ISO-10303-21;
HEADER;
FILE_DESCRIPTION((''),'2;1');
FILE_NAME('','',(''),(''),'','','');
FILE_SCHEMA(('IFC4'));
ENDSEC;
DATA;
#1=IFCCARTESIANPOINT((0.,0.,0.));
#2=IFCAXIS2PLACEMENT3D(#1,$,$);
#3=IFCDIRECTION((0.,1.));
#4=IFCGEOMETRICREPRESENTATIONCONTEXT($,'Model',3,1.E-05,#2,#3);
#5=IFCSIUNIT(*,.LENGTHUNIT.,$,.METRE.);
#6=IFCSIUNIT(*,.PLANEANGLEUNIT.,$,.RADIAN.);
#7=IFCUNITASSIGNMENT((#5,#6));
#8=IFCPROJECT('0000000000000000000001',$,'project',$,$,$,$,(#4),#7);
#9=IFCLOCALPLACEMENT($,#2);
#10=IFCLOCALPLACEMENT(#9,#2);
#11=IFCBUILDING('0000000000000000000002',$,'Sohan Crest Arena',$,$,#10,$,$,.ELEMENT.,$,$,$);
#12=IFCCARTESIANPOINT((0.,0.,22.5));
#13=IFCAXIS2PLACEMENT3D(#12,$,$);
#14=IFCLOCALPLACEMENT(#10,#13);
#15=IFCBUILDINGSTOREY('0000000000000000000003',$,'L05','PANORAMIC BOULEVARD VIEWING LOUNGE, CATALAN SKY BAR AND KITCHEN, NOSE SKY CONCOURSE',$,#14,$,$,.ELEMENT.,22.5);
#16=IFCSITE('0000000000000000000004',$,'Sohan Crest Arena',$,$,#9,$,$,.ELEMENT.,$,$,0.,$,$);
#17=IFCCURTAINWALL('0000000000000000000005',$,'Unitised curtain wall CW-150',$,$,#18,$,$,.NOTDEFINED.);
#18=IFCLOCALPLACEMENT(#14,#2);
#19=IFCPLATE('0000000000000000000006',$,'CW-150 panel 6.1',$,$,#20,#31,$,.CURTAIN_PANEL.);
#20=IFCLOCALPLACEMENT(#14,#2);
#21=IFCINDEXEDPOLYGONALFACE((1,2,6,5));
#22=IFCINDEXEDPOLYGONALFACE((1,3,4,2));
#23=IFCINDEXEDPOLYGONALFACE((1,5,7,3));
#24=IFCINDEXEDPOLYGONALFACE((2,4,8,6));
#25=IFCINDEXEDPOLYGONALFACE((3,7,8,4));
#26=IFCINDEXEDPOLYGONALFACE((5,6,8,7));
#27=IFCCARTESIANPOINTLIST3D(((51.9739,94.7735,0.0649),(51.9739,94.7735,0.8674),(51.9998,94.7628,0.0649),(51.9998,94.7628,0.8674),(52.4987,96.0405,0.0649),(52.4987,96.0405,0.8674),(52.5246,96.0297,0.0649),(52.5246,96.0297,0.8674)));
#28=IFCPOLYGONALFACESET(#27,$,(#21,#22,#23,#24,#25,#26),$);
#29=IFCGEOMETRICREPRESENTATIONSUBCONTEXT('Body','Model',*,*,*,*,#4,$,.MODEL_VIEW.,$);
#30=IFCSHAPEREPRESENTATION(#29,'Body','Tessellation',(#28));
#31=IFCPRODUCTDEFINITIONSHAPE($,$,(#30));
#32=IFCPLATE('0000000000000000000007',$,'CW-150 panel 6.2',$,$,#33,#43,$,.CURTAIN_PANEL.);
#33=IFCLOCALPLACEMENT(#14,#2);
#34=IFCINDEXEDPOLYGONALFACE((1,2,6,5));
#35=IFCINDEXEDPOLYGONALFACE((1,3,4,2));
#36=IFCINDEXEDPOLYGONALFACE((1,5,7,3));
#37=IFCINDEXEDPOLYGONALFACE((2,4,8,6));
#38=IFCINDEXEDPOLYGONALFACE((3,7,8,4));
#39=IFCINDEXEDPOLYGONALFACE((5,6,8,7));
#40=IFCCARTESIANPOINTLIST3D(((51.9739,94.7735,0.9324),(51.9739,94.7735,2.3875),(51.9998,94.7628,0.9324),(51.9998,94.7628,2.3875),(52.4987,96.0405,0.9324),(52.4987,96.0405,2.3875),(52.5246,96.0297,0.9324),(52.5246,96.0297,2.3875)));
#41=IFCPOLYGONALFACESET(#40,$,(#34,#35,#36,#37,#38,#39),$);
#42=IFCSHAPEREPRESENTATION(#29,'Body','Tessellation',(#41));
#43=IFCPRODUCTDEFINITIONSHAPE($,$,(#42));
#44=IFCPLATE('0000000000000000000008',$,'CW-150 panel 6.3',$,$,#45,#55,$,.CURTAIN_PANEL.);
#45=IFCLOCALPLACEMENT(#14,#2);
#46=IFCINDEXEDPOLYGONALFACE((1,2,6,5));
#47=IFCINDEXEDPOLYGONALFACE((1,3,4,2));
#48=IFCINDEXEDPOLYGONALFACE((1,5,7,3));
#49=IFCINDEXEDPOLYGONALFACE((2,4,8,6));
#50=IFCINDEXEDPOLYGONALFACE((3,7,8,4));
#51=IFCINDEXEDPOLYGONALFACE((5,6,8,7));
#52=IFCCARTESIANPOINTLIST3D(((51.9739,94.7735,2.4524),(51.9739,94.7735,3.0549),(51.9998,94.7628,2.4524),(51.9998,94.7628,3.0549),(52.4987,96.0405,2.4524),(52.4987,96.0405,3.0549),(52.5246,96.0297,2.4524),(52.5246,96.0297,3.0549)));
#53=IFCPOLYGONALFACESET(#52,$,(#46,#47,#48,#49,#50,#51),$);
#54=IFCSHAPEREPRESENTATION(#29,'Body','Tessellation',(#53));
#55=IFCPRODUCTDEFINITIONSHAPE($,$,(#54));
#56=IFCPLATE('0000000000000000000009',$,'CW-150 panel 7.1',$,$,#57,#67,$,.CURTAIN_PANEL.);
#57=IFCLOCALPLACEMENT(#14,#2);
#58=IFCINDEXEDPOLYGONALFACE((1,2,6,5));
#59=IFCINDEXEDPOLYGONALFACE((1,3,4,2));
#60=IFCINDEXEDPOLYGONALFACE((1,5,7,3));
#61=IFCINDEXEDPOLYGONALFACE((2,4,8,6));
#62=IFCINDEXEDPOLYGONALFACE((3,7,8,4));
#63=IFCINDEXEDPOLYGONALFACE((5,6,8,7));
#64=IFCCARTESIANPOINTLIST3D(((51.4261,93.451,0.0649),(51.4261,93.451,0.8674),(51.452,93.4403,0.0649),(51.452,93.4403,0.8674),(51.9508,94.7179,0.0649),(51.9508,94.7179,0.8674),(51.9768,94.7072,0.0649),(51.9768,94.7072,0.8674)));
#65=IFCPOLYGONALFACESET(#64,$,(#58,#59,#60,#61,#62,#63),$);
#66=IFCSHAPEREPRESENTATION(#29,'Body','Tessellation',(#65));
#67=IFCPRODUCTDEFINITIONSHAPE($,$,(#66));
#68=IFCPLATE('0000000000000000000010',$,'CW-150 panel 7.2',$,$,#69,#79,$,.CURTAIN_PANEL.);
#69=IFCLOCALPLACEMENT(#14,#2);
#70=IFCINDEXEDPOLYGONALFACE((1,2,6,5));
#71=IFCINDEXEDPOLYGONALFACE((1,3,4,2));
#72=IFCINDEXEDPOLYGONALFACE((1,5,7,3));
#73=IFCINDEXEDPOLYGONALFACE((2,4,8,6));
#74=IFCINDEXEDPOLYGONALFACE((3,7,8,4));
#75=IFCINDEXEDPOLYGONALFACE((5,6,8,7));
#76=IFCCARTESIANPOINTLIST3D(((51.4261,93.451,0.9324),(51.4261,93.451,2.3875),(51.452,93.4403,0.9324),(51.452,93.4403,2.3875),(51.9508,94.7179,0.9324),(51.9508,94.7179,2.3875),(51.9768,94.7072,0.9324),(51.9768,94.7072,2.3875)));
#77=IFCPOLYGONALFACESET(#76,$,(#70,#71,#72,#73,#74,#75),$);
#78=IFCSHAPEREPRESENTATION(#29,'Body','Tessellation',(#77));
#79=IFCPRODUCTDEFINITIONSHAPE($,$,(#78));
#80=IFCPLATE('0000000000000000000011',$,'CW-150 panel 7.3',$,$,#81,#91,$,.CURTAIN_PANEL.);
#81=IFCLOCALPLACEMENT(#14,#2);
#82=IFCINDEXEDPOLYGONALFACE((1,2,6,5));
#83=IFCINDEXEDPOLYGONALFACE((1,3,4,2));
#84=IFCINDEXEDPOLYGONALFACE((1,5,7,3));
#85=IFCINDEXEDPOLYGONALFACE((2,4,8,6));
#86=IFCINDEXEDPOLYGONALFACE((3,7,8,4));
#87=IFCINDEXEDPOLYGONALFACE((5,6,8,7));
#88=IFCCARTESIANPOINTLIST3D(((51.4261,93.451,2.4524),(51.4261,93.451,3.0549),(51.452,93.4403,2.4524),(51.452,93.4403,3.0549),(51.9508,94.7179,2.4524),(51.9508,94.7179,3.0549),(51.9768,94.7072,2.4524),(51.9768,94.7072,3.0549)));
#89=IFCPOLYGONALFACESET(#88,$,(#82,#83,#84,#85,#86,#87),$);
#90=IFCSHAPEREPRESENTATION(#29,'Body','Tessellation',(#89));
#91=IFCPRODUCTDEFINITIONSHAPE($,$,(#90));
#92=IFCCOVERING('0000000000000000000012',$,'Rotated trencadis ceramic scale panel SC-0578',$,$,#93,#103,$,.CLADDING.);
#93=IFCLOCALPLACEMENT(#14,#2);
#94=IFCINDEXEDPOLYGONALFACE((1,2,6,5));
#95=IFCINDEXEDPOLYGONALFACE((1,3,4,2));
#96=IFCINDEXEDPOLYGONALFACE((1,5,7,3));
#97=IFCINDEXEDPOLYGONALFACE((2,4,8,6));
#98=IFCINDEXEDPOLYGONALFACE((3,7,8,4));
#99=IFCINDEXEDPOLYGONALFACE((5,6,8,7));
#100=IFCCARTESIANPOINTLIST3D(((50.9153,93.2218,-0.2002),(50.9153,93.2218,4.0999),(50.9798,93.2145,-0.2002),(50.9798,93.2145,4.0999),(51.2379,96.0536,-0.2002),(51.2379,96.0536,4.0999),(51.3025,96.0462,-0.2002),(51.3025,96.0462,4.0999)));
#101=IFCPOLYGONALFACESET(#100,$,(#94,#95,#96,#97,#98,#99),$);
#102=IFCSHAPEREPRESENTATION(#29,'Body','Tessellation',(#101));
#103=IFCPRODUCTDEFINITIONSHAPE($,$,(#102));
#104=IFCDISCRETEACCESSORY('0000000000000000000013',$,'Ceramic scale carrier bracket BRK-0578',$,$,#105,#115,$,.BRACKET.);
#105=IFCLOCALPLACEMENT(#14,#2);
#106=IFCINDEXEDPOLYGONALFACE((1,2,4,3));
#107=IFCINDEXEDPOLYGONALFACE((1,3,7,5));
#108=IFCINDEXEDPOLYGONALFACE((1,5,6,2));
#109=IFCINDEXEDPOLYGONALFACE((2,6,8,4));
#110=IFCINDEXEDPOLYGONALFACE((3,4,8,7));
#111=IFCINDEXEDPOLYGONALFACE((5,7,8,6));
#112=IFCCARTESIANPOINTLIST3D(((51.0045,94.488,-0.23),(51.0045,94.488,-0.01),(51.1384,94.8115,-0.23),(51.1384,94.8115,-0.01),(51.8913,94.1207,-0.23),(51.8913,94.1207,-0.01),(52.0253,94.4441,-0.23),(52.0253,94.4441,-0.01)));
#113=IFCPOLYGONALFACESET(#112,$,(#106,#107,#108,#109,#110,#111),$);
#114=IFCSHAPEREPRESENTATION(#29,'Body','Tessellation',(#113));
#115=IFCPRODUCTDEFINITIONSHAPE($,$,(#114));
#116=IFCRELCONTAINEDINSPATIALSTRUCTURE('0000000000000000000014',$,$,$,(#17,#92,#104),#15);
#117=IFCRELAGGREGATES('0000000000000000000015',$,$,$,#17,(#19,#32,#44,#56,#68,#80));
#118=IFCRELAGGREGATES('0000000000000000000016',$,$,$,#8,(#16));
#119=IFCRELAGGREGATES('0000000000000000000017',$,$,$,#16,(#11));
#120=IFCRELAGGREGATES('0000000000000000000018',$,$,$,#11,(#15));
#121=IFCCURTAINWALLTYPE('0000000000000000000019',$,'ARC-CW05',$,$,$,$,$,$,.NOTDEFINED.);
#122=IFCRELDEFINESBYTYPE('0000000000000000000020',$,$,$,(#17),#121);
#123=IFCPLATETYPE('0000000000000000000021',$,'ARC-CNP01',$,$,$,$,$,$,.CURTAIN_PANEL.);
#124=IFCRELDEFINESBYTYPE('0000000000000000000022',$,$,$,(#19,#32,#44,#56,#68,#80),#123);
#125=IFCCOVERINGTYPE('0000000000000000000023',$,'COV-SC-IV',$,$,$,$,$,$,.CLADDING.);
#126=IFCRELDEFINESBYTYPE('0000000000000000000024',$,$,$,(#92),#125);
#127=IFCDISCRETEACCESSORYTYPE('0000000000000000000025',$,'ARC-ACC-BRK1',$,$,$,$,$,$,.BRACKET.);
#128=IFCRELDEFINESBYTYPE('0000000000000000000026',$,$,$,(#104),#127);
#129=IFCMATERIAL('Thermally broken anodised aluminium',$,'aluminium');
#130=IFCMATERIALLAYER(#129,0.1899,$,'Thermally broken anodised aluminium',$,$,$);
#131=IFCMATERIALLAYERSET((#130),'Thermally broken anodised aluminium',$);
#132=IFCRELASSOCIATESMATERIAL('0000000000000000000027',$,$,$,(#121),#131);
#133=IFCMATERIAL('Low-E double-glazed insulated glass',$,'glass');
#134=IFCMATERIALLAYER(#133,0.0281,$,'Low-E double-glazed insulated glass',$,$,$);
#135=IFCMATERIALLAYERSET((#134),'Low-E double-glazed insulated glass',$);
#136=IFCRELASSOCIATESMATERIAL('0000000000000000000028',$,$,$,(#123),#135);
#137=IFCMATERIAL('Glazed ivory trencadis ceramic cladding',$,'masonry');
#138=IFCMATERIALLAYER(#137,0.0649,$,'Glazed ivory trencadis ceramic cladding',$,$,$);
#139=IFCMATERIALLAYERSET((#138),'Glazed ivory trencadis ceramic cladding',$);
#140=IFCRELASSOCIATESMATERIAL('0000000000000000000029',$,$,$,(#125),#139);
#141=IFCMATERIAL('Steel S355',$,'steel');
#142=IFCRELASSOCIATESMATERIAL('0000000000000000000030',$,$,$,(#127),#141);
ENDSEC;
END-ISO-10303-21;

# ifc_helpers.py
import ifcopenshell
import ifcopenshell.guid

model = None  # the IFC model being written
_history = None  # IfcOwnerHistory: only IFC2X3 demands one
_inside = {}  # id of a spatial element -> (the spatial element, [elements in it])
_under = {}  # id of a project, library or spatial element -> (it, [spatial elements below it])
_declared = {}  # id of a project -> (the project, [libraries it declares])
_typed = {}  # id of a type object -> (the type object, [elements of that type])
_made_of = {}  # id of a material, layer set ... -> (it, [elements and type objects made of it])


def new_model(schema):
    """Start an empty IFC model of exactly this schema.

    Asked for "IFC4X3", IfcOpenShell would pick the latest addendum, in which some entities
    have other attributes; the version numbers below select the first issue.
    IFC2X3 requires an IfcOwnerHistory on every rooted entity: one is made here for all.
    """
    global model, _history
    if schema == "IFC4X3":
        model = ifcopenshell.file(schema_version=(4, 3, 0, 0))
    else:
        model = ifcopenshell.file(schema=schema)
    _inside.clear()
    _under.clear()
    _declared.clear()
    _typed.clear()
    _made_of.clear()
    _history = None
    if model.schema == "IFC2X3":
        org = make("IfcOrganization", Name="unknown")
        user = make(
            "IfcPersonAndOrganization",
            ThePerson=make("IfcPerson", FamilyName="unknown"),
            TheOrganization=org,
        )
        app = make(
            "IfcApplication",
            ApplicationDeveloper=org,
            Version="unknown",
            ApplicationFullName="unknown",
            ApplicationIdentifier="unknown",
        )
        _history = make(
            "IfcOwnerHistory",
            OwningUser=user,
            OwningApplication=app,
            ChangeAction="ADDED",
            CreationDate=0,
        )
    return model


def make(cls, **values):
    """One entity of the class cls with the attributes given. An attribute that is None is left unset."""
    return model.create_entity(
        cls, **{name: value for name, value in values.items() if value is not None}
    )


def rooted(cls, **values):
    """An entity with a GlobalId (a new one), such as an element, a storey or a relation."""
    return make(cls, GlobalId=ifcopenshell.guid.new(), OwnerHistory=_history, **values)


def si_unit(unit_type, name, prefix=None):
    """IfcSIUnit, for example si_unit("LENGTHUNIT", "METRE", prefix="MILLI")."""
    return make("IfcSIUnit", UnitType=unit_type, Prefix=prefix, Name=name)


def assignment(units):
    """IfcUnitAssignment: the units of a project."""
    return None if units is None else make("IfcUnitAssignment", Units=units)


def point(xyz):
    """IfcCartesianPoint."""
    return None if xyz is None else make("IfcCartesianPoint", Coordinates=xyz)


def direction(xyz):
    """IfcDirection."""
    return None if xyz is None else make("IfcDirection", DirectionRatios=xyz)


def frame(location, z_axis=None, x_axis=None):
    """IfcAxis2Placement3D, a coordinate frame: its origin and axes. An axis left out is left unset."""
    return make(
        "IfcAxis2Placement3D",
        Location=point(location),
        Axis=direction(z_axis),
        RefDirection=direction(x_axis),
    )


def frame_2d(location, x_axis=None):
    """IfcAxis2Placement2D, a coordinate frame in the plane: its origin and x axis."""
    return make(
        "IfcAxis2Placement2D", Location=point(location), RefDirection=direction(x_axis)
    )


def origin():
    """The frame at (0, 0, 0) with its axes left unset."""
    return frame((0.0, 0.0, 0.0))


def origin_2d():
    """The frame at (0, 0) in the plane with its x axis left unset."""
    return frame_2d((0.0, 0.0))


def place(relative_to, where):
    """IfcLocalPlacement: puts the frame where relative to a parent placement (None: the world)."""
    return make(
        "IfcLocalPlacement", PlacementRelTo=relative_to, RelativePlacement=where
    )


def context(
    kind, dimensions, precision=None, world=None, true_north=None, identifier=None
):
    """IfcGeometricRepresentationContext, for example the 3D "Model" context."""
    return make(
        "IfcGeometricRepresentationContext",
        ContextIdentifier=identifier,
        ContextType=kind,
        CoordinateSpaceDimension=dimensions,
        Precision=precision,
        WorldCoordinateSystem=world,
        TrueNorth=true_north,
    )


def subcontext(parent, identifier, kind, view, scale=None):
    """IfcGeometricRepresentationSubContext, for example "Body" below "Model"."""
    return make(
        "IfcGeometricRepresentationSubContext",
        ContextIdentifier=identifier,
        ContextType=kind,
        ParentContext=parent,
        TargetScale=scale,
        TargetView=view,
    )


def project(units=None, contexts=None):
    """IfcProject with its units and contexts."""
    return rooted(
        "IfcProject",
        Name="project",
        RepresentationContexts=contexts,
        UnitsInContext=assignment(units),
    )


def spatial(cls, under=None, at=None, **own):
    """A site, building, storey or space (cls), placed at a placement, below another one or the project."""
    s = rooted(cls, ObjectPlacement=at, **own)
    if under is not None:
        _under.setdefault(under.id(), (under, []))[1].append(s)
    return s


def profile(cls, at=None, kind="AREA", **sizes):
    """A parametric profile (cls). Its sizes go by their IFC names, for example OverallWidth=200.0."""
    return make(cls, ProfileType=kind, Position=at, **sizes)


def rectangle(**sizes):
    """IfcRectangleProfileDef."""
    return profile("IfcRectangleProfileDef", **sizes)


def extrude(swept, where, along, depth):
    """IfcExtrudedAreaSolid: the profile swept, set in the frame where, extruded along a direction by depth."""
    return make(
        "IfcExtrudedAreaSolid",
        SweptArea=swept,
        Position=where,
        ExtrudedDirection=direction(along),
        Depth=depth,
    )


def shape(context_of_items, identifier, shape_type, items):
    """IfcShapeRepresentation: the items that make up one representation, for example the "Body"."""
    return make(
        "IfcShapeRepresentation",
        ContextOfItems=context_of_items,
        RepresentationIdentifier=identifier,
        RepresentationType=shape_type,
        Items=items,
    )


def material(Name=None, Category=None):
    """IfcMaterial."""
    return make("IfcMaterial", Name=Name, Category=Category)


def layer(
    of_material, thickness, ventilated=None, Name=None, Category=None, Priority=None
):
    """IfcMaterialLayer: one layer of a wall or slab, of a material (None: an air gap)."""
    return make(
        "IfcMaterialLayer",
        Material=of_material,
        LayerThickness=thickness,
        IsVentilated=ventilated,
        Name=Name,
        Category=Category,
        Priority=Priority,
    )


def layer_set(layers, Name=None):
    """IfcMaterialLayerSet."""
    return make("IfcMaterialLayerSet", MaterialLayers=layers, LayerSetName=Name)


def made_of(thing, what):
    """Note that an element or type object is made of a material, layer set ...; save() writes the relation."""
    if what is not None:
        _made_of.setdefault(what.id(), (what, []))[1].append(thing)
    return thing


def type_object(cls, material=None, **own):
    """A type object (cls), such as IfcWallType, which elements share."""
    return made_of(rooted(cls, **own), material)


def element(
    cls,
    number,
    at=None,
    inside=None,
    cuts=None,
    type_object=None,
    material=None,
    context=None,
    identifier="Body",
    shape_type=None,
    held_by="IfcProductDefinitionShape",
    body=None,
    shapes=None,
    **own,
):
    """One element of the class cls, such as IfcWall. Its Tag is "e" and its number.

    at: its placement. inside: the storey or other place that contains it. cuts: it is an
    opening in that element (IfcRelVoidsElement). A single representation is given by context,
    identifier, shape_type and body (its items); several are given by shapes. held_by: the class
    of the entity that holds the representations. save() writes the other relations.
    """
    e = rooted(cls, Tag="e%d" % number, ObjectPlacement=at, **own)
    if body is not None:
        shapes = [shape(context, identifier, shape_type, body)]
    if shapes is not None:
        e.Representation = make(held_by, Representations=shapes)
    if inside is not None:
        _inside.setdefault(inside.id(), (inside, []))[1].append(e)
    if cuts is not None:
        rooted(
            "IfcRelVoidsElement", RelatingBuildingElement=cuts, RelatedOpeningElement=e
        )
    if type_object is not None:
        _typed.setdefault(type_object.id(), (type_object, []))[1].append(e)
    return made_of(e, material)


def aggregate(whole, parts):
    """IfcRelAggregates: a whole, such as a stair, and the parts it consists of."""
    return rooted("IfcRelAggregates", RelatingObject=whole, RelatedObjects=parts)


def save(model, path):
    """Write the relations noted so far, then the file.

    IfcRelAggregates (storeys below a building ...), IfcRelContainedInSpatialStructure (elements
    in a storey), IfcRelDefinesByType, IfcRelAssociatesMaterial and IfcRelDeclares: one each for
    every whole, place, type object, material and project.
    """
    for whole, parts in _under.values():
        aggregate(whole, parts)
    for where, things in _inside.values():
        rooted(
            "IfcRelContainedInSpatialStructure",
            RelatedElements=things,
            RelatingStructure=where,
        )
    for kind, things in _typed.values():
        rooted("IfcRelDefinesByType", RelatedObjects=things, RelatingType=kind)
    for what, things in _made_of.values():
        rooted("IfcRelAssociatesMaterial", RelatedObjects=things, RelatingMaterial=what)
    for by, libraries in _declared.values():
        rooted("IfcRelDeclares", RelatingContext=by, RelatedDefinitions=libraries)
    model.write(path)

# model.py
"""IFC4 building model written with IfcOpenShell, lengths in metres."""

from ifc_helpers import new_model, si_unit, direction, frame, origin, origin_2d, place, context, subcontext, project, spatial, rectangle, extrude, material, layer, layer_set, type_object, element, aggregate, save


model = new_model("IFC4")

# Units and contexts
model_context = context("Model", 3, precision=1e-05, world=origin(), true_north=direction((0.0, 1.0)))
body_context = subcontext(model_context, "Body", "Model", "MODEL_VIEW")
ifc_project = project(units=[si_unit("LENGTHUNIT", "METRE"), si_unit("PLANEANGLEUNIT", "RADIAN")], contexts=[model_context])

# Site, building, storey
site_placement = place(None, origin())
site = spatial("IfcSite", under=ifc_project, at=site_placement, Name="Sohan Crest Arena", CompositionType="ELEMENT", RefElevation=0.0)
building_placement = place(site_placement, origin())
building = spatial("IfcBuilding", under=site, at=building_placement, Name="Sohan Crest Arena", CompositionType="ELEMENT")
storey_placement = place(building_placement, frame((0.0, 0.0, 22.5)))
storey = spatial("IfcBuildingStorey", under=building, at=storey_placement, Name="L05", Description="PANORAMIC BOULEVARD VIEWING LOUNGE, CATALAN SKY BAR AND KITCHEN, NOSE SKY CONCOURSE", CompositionType="ELEMENT", Elevation=22.5)

# Curtain wall, plates
ifc_material_1 = material(Name="Thermally broken anodised aluminium", Category="aluminium")
ifc_layer_1 = layer(ifc_material_1, 0.1899, Name="Thermally broken anodised aluminium")
ifc_layer_set_1 = layer_set([ifc_layer_1], Name="Thermally broken anodised aluminium")
curtain_wall_type = type_object("IfcCurtainWallType", Name="ARC-CW05", PredefinedType="NOTDEFINED", material=ifc_layer_set_1)
curtain_wall_placement = place(storey_placement, origin())
curtain_wall = element("IfcCurtainWall", 1, at=curtain_wall_placement, inside=storey, type_object=curtain_wall_type, Name="Unitised curtain wall CW-150", PredefinedType="NOTDEFINED")
ifc_material_2 = material(Name="Low-E double-glazed insulated glass", Category="glass")
ifc_layer_2 = layer(ifc_material_2, 0.0281, Name="Low-E double-glazed insulated glass")
ifc_layer_set_2 = layer_set([ifc_layer_2], Name="Low-E double-glazed insulated glass")
plate_type = type_object("IfcPlateType", Name="ARC-CNP01", PredefinedType="CURTAIN_PANEL", material=ifc_layer_set_2)
plate_1_placement = place(storey_placement, frame((52.2493, 95.4016, 0.0649), z_axis=(0.0, 0.0, 1.0), x_axis=(-0.382685, -0.923879, 0.0)))
plate_1 = element("IfcPlate", 2, at=plate_1_placement, type_object=plate_type, Name="CW-150 panel 6.1", PredefinedType="CURTAIN_PANEL", context=body_context, shape_type="SweptSolid", body=[
    extrude(rectangle(XDim=1.3713, YDim=0.0281, at=origin_2d()), origin(), (0.0, 0.0, 1.0), 0.8025),
])
plate_2_placement = place(storey_placement, frame((52.2493, 95.4016, 0.9324), z_axis=(0.0, 0.0, 1.0), x_axis=(-0.382685, -0.923879, 0.0)))
plate_2 = element("IfcPlate", 3, at=plate_2_placement, type_object=plate_type, Name="CW-150 panel 6.2", PredefinedType="CURTAIN_PANEL", context=body_context, shape_type="SweptSolid", body=[
    extrude(rectangle(XDim=1.3713, YDim=0.0281, at=origin_2d()), origin(), (0.0, 0.0, 1.0), 1.4551),
])
plate_3_placement = place(storey_placement, frame((52.2493, 95.4016, 2.4524), z_axis=(0.0, 0.0, 1.0), x_axis=(-0.382685, -0.923879, 0.0)))
plate_3 = element("IfcPlate", 4, at=plate_3_placement, type_object=plate_type, Name="CW-150 panel 6.3", PredefinedType="CURTAIN_PANEL", context=body_context, shape_type="SweptSolid", body=[
    extrude(rectangle(XDim=1.3713, YDim=0.0281, at=origin_2d()), origin(), (0.0, 0.0, 1.0), 0.6025),
])
plate_4_placement = place(storey_placement, frame((51.7014, 94.0791, 0.0649), z_axis=(0.0, 0.0, 1.0), x_axis=(-0.382685, -0.923879, 0.0)))
plate_4 = element("IfcPlate", 5, at=plate_4_placement, type_object=plate_type, Name="CW-150 panel 7.1", PredefinedType="CURTAIN_PANEL", context=body_context, shape_type="SweptSolid", body=[
    extrude(rectangle(XDim=1.3713, YDim=0.0281, at=origin_2d()), origin(), (0.0, 0.0, 1.0), 0.8025),
])
plate_5_placement = place(storey_placement, frame((51.7014, 94.0791, 0.9324), z_axis=(0.0, 0.0, 1.0), x_axis=(-0.382685, -0.923879, 0.0)))
plate_5 = element("IfcPlate", 6, at=plate_5_placement, type_object=plate_type, Name="CW-150 panel 7.2", PredefinedType="CURTAIN_PANEL", context=body_context, shape_type="SweptSolid", body=[
    extrude(rectangle(XDim=1.3713, YDim=0.0281, at=origin_2d()), origin(), (0.0, 0.0, 1.0), 1.4551),
])
plate_6_placement = place(storey_placement, frame((51.7014, 94.0791, 2.4524), z_axis=(0.0, 0.0, 1.0), x_axis=(-0.382685, -0.923879, 0.0)))
plate_6 = element("IfcPlate", 7, at=plate_6_placement, type_object=plate_type, Name="CW-150 panel 7.3", PredefinedType="CURTAIN_PANEL", context=body_context, shape_type="SweptSolid", body=[
    extrude(rectangle(XDim=1.3713, YDim=0.0281, at=origin_2d()), origin(), (0.0, 0.0, 1.0), 0.6025),
])
aggregate(curtain_wall, [plate_1, plate_2, plate_3, plate_4, plate_5, plate_6])

# Covering
ifc_material_3 = material(Name="Glazed ivory trencadis ceramic cladding", Category="masonry")
ifc_layer_3 = layer(ifc_material_3, 0.0649, Name="Glazed ivory trencadis ceramic cladding")
ifc_layer_set_3 = layer_set([ifc_layer_3], Name="Glazed ivory trencadis ceramic cladding")
covering_type = type_object("IfcCoveringType", Name="COV-SC-IV", PredefinedType="CLADDING", material=ifc_layer_set_3)
covering_placement = place(storey_placement, frame((51.1089, 94.634, -0.2002), z_axis=(0.0, 0.0, 1.0), x_axis=(-0.113203, -0.993572, 0.0)))
element("IfcCovering", 8, at=covering_placement, inside=storey, type_object=covering_type, Name="Rotated trencadis ceramic scale panel SC-0578", PredefinedType="CLADDING", context=body_context, shape_type="SweptSolid", body=[
    extrude(rectangle(XDim=2.8501, YDim=0.0649, at=origin_2d()), origin(), (0.0, 0.0, 1.0), 4.3),
])

# Discrete accessory
ifc_material_4 = material(Name="Steel S355", Category="steel")
discrete_accessory_type = type_object("IfcDiscreteAccessoryType", Name="ARC-ACC-BRK1", PredefinedType="BRACKET", material=ifc_material_4)
discrete_accessory_placement = place(storey_placement, frame((51.5149, 94.4661, -0.23), z_axis=(0.0, 0.0, 1.0), x_axis=(-0.382683, -0.92388, 0.0)))
element("IfcDiscreteAccessory", 9, at=discrete_accessory_placement, inside=storey, type_object=discrete_accessory_type, Name="Ceramic scale carrier bracket BRK-0578", PredefinedType="BRACKET", context=body_context, shape_type="SweptSolid", body=[
    extrude(rectangle(XDim=0.3501, YDim=0.96, at=origin_2d()), origin(), (0.0, 0.0, 1.0), 0.22),
])

save(model, "model.ifc")
